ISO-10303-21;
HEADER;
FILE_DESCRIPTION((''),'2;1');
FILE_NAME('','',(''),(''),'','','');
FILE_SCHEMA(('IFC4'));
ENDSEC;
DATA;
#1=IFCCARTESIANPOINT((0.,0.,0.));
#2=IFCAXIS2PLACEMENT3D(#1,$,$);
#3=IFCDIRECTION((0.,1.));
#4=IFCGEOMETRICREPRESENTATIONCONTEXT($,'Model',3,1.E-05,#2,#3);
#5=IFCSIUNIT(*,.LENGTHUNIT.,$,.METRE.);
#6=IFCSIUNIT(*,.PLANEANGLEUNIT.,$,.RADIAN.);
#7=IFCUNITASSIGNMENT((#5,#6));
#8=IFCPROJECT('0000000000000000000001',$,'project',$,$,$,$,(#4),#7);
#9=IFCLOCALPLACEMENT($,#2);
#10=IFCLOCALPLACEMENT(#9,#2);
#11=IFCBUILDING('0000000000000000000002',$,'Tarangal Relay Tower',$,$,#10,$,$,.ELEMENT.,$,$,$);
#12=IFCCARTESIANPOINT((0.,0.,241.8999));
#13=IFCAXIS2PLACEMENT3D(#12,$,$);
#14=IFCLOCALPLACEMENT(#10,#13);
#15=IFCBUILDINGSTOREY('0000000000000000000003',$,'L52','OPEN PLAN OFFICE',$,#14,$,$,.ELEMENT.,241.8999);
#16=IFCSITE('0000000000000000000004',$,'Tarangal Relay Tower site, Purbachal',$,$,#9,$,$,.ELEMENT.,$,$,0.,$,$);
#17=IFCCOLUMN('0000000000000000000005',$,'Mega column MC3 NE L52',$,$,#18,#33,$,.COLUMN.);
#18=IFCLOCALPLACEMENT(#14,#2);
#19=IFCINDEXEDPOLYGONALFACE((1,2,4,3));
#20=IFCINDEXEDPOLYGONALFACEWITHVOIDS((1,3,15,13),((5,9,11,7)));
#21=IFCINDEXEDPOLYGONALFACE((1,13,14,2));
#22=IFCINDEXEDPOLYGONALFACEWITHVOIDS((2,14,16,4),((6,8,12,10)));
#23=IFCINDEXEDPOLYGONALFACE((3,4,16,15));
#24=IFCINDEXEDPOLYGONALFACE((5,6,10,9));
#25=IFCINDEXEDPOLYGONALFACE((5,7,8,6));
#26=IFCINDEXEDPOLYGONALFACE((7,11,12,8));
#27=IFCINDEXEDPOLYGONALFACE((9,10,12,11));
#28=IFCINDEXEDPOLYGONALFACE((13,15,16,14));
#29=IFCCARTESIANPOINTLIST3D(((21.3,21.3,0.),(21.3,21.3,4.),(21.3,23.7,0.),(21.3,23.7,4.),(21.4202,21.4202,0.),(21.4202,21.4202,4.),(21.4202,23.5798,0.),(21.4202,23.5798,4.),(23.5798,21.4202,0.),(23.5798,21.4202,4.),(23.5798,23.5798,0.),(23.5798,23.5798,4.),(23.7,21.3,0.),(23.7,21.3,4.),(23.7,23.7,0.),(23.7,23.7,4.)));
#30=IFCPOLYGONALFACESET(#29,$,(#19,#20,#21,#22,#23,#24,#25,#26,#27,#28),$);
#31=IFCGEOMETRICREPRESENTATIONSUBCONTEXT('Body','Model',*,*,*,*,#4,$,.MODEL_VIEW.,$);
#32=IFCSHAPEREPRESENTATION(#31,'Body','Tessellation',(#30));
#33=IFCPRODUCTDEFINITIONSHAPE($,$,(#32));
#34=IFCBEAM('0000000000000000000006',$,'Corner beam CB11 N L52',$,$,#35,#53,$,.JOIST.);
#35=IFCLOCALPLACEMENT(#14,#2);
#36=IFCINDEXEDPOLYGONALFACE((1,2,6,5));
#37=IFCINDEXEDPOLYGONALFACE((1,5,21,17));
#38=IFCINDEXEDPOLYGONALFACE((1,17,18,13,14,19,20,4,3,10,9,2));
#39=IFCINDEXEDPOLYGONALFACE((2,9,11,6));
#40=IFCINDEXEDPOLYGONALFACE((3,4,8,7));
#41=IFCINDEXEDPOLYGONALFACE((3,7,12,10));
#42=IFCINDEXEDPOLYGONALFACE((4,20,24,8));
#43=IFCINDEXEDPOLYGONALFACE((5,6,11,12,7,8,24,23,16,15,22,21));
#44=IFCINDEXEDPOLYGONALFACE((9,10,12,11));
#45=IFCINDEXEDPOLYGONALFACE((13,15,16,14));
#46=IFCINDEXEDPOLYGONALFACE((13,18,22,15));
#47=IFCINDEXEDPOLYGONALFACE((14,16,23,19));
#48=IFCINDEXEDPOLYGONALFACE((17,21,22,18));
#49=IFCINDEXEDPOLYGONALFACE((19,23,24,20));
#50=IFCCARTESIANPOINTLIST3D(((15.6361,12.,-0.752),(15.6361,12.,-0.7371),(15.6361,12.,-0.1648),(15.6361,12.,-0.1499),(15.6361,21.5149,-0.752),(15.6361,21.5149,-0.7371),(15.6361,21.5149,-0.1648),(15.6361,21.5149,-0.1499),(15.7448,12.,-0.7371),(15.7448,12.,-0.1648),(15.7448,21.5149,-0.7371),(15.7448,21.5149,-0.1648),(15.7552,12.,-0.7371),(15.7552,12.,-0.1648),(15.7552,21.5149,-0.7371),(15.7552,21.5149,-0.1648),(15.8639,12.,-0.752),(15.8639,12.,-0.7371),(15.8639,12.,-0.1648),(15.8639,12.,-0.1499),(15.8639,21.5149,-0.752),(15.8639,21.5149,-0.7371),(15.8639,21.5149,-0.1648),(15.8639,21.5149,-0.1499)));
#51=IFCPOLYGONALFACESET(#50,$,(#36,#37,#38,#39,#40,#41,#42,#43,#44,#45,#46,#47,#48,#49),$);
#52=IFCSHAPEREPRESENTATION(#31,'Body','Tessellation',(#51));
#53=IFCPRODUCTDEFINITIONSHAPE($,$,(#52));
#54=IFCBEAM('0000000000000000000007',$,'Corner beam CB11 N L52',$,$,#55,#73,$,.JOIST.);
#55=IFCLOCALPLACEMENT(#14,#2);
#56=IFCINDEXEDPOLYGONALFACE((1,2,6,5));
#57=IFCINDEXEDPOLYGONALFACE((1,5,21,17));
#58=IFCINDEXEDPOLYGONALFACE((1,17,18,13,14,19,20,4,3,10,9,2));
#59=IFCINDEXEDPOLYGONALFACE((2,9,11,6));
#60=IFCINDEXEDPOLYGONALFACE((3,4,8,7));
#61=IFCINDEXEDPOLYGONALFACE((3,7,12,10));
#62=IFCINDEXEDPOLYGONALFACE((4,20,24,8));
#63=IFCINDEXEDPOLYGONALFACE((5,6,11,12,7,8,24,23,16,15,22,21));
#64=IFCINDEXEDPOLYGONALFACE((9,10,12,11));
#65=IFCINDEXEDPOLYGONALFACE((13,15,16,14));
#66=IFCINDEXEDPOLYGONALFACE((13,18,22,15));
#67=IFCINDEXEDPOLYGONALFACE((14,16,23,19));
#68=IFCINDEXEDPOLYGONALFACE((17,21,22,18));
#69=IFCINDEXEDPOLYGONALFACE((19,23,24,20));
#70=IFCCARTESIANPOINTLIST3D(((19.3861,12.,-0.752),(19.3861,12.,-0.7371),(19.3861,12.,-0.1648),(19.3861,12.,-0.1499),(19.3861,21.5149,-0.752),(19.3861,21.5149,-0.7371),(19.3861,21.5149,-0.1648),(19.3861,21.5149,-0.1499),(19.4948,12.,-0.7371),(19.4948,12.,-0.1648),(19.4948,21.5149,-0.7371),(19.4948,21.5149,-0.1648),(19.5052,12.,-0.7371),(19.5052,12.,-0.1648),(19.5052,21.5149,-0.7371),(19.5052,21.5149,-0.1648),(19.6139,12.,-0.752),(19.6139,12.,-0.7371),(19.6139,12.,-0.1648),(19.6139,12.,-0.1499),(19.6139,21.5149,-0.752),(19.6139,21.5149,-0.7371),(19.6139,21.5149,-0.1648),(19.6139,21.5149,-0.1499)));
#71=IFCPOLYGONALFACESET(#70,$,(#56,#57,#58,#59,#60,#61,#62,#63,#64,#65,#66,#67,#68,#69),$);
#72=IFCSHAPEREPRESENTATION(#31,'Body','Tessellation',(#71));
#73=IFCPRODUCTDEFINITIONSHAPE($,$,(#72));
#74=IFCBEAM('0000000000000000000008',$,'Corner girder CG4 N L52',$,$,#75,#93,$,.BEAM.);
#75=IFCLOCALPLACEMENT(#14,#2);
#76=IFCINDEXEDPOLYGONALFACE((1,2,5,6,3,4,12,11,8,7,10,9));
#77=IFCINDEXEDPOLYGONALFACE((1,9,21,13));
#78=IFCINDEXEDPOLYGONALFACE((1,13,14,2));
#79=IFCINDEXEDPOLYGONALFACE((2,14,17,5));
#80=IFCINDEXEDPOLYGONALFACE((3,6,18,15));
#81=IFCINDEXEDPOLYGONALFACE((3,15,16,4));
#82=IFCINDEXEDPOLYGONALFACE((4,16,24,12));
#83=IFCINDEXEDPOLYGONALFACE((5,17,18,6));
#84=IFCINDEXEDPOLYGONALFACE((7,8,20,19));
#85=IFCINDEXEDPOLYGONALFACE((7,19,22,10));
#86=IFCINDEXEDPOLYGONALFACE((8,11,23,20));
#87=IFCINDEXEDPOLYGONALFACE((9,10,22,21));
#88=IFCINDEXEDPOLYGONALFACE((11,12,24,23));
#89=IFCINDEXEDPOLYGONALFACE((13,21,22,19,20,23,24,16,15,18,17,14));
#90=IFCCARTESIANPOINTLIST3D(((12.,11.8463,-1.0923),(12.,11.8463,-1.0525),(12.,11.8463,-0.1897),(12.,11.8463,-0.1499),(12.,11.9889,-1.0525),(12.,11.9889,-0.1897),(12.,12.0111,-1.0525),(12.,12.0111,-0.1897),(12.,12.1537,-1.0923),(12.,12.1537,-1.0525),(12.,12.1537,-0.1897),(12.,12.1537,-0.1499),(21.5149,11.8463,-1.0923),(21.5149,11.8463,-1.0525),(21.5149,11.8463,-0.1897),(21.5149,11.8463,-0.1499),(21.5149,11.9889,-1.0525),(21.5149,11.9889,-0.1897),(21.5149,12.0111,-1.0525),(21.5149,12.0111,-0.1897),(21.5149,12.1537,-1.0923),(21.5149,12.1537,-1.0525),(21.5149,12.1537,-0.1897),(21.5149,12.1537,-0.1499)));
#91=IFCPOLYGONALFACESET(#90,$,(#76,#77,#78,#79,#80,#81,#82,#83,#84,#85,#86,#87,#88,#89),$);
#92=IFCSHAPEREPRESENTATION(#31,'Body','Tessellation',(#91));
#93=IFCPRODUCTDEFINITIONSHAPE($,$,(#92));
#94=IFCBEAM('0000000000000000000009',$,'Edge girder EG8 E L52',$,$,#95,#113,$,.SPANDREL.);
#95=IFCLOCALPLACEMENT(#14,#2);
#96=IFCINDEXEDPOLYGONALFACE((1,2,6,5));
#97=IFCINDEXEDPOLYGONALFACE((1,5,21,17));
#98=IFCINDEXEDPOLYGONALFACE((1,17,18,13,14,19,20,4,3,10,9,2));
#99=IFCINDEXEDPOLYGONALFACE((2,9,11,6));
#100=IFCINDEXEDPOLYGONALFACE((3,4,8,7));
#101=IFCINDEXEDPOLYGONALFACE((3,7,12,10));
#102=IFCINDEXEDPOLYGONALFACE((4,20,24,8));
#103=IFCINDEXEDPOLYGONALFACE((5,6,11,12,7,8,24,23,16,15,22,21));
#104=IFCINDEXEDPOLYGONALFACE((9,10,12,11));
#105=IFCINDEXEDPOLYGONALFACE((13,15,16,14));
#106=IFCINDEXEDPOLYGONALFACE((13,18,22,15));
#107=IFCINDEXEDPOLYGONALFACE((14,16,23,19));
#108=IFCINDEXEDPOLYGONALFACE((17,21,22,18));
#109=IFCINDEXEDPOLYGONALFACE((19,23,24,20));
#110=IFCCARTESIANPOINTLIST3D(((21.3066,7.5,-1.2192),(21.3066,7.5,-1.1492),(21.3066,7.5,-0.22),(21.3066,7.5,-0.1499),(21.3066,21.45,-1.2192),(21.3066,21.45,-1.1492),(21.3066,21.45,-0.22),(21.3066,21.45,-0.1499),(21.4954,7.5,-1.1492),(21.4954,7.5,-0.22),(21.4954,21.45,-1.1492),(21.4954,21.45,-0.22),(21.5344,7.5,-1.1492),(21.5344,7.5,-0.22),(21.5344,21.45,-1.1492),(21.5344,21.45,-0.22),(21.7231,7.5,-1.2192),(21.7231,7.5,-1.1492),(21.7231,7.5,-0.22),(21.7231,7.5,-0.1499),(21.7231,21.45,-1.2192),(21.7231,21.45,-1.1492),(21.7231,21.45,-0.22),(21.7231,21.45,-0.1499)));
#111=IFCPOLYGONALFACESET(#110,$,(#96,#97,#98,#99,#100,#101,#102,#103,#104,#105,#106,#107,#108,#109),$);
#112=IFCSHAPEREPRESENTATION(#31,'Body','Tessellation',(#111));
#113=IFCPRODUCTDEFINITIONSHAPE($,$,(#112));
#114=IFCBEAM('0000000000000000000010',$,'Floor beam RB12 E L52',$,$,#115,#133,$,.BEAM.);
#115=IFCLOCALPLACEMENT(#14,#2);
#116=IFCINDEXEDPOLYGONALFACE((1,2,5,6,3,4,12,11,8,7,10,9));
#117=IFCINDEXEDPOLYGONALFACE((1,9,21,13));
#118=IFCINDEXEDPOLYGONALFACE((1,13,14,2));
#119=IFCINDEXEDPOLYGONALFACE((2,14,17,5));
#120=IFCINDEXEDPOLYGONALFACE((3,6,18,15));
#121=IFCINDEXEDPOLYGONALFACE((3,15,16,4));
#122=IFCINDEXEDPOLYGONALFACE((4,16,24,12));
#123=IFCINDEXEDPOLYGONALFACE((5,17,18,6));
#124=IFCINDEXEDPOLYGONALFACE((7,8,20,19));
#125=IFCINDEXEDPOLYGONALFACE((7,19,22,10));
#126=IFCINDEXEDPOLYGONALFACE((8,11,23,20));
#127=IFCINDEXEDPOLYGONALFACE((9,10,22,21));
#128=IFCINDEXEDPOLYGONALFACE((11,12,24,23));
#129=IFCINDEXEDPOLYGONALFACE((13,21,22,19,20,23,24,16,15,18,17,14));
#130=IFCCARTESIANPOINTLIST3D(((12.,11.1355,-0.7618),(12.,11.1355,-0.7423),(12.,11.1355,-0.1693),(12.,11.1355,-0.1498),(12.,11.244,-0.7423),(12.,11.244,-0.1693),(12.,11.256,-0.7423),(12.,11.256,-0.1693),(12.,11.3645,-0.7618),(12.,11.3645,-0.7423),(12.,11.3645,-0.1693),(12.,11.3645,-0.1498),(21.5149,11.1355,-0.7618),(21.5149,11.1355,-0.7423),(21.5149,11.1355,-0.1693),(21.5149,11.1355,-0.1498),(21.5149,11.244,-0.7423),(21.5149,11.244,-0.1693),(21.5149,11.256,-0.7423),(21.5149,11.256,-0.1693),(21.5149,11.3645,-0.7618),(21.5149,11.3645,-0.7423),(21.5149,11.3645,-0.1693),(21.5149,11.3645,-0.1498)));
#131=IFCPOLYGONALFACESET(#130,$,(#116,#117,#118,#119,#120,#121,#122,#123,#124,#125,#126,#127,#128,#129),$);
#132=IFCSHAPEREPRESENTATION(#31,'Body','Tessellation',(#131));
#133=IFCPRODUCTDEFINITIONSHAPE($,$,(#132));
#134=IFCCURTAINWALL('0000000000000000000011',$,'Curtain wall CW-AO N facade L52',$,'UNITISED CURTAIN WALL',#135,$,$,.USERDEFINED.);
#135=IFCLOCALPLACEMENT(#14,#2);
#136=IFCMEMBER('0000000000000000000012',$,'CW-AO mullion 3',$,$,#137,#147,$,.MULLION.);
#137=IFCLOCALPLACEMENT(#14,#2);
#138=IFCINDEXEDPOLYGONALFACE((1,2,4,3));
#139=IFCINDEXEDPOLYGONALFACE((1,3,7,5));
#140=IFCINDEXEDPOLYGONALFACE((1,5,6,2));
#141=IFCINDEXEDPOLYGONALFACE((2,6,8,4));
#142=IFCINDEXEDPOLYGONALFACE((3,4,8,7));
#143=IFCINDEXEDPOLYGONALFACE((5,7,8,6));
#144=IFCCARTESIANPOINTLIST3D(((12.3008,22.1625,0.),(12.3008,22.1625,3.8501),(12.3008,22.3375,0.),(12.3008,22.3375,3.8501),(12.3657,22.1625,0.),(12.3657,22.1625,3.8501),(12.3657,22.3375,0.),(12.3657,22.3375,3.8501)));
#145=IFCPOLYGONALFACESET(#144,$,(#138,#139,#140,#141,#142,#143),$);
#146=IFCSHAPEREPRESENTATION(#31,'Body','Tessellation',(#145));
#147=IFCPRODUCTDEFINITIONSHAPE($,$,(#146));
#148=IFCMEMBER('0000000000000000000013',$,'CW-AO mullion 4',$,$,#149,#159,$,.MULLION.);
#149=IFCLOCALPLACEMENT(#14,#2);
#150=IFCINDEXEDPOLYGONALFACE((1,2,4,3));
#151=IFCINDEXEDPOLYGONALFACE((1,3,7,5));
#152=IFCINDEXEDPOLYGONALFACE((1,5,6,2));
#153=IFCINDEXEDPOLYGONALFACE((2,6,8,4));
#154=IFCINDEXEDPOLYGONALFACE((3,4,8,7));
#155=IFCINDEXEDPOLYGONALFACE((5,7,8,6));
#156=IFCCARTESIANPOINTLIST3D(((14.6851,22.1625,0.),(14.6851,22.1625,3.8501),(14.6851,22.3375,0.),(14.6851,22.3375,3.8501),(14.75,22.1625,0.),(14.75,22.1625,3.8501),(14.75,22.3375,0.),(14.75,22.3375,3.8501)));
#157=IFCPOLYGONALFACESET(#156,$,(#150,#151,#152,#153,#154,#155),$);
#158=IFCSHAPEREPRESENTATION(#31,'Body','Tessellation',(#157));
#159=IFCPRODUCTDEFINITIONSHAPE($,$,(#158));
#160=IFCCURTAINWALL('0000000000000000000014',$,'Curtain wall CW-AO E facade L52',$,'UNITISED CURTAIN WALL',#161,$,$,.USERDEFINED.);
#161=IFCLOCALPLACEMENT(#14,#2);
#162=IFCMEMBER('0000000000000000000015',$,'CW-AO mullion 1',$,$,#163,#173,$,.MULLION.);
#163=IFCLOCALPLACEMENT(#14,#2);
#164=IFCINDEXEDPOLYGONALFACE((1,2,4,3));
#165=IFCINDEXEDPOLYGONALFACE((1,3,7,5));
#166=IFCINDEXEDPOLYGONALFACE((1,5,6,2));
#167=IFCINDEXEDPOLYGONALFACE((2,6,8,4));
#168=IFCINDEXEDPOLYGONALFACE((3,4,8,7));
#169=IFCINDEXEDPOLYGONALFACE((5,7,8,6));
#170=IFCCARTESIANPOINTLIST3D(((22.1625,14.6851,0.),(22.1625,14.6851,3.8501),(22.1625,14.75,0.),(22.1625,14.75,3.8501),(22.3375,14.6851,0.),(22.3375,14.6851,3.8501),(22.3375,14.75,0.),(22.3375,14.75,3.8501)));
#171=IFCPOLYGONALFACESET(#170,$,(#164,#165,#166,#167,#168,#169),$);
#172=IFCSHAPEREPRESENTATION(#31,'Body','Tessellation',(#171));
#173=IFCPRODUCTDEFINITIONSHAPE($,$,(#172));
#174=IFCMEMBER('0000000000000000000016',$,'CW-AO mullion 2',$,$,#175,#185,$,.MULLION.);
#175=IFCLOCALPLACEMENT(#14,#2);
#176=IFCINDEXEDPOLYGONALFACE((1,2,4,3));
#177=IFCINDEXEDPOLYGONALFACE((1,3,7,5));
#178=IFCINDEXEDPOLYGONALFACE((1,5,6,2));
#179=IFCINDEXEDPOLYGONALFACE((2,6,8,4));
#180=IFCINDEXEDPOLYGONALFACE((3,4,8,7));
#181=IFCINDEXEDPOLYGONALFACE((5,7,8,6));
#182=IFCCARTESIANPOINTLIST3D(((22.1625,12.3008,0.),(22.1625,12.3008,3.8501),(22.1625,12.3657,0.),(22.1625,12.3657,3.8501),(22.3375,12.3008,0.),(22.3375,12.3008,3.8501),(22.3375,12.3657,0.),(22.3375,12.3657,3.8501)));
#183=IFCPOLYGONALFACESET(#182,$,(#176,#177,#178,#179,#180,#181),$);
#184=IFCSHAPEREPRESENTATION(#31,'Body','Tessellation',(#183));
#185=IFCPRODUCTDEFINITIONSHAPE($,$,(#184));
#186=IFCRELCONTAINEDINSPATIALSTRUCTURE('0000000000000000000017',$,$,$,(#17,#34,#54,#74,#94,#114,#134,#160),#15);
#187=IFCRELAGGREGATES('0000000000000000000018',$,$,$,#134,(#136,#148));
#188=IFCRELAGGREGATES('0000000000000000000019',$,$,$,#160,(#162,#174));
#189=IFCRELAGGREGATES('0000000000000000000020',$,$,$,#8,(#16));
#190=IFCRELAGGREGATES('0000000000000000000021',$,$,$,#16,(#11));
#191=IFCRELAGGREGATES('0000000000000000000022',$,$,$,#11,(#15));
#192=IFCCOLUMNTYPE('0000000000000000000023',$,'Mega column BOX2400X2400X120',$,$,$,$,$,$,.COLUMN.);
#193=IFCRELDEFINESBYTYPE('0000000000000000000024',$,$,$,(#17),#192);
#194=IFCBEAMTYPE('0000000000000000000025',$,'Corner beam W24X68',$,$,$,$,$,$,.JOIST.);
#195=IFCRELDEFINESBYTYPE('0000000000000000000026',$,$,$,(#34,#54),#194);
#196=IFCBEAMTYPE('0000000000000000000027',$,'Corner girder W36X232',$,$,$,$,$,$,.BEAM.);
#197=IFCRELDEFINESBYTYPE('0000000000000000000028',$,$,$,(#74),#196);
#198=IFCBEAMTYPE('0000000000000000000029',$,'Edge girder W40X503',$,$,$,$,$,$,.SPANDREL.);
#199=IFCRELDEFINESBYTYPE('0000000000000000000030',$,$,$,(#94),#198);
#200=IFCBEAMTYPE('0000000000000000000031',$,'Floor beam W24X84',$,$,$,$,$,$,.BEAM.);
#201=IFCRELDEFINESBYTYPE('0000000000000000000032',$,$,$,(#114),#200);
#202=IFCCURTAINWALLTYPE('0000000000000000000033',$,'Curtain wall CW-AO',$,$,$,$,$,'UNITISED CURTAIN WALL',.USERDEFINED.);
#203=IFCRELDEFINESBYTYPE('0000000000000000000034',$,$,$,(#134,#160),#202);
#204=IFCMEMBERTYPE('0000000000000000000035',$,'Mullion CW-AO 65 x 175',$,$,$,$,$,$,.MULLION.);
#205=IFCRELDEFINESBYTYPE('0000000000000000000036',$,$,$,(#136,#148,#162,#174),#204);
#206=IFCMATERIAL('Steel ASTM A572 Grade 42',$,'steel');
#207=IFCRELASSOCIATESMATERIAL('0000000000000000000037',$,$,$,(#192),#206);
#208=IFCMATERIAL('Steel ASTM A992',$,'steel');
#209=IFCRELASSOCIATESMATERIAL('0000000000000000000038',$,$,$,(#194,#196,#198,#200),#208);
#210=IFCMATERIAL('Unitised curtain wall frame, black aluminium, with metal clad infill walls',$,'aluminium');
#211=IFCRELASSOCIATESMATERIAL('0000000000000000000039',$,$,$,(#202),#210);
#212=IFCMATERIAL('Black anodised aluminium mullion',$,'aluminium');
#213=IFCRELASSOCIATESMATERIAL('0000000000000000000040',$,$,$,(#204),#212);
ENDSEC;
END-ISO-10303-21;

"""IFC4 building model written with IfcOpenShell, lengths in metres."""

from ifc_helpers import new_model, si_unit, direction, frame, origin, origin_2d, place, context, subcontext, project, spatial, rectangle, hollow_rectangle, i_section, extrude, material, material_profile, profile_set, type_object, element, aggregate, save


model = new_model("IFC4")

# Units and contexts
model_context = context("Model", 3, precision=1e-05, world=origin(), true_north=direction((0.0, 1.0)))
body_context = subcontext(model_context, "Body", "Model", "MODEL_VIEW")
ifc_project = project(units=[si_unit("LENGTHUNIT", "METRE"), si_unit("PLANEANGLEUNIT", "RADIAN")], contexts=[model_context])

# Site, building, storey
site_placement = place(None, origin())
site = spatial("IfcSite", under=ifc_project, at=site_placement, Name="Tarangal Relay Tower site, Purbachal", CompositionType="ELEMENT", RefElevation=0.0)
building_placement = place(site_placement, origin())
building = spatial("IfcBuilding", under=site, at=building_placement, Name="Tarangal Relay Tower", CompositionType="ELEMENT")
storey_placement = place(building_placement, frame((0.0, 0.0, 241.8999)))
storey = spatial("IfcBuildingStorey", under=building, at=storey_placement, Name="L52", Description="OPEN PLAN OFFICE", CompositionType="ELEMENT", Elevation=241.8999)

# Column
ifc_material_1 = material(Name="Steel ASTM A572 Grade 42", Category="steel")
ifc_material_profile_1 = material_profile(ifc_material_1, hollow_rectangle(XDim=2.3999, YDim=2.3999, WallThickness=0.1201, at=origin_2d()), Name="BOX2400X2400X120")
ifc_profile_set_1 = profile_set([ifc_material_profile_1], Name="Steel ASTM A572 Grade 42")
column_type = type_object("IfcColumnType", Name="Mega column BOX2400X2400X120", PredefinedType="COLUMN", material=ifc_profile_set_1)
column_placement = place(storey_placement, frame((22.5, 22.5, 0.0), z_axis=(0.0, 0.0, 1.0), x_axis=(1.0, 0.0, 0.0)))
element("IfcColumn", 1, at=column_placement, inside=storey, type_object=column_type, Name="Mega column MC3 NE L52", PredefinedType="COLUMN", context=body_context, shape_type="SweptSolid", body=[
    extrude(hollow_rectangle(XDim=2.3999, YDim=2.3999, WallThickness=0.1201, at=origin_2d()), origin(), (0.0, 0.0, 1.0), 4.0),
])

# Beams
ifc_material_2 = material(Name="Steel ASTM A992", Category="steel")
ifc_material_profile_2 = material_profile(ifc_material_2, i_section(OverallWidth=0.2278, OverallDepth=0.6021, WebThickness=0.0105, FlangeThickness=0.0149, at=origin_2d()), Name="W24X68")
ifc_profile_set_2 = profile_set([ifc_material_profile_2], Name="Steel ASTM A992")
beam_type_1 = type_object("IfcBeamType", Name="Corner beam W24X68", PredefinedType="JOIST", material=ifc_profile_set_2)
for number, where, z_axis, x_axis, name in (
    (2, (15.75, 12.0, -0.4509), (0.0, 1.0, 0.0), (-1.0, 0.0, 0.0), "Corner beam CB11 N L52"),
    (3, (19.5, 12.0, -0.4509), (0.0, 1.0, 0.0), (-1.0, 0.0, 0.0), "Corner beam CB11 N L52"),
):
    element("IfcBeam", number, at=place(storey_placement, frame(where, z_axis=z_axis, x_axis=x_axis)), inside=storey, type_object=beam_type_1, Name=name, PredefinedType="JOIST", context=body_context, shape_type="SweptSolid", body=[
        extrude(i_section(OverallWidth=0.2278, OverallDepth=0.6021, WebThickness=0.0105, FlangeThickness=0.0149, at=origin_2d()), origin(), (0.0, 0.0, 1.0), 9.5149),
    ])
ifc_material_profile_3 = material_profile(ifc_material_2, i_section(OverallWidth=0.3074, OverallDepth=0.9424, WebThickness=0.0222, FlangeThickness=0.0398, at=origin_2d()), Name="W36X232")
ifc_profile_set_3 = profile_set([ifc_material_profile_3], Name="Steel ASTM A992")
beam_type_2 = type_object("IfcBeamType", Name="Corner girder W36X232", PredefinedType="BEAM", material=ifc_profile_set_3)
beam_1_placement = place(storey_placement, frame((12.0, 12.0, -0.6211), z_axis=(1.0, 0.0, 0.0), x_axis=(0.0, 1.0, 0.0)))
element("IfcBeam", 4, at=beam_1_placement, inside=storey, type_object=beam_type_2, Name="Corner girder CG4 N L52", PredefinedType="BEAM", context=body_context, shape_type="SweptSolid", body=[
    extrude(i_section(OverallWidth=0.3074, OverallDepth=0.9424, WebThickness=0.0222, FlangeThickness=0.0398, at=origin_2d()), origin(), (0.0, 0.0, 1.0), 9.5149),
])
ifc_material_profile_4 = material_profile(ifc_material_2, i_section(OverallWidth=0.4165, OverallDepth=1.0693, WebThickness=0.0391, FlangeThickness=0.0701, at=origin_2d()), Name="W40X503")
ifc_profile_set_4 = profile_set([ifc_material_profile_4], Name="Steel ASTM A992")
beam_type_3 = type_object("IfcBeamType", Name="Edge girder W40X503", PredefinedType="SPANDREL", material=ifc_profile_set_4)
beam_2_placement = place(storey_placement, frame((21.5149, 21.45, -0.6846), z_axis=(0.0, -1.0, 0.0), x_axis=(1.0, 0.0, 0.0)))
element("IfcBeam", 5, at=beam_2_placement, inside=storey, type_object=beam_type_3, Name="Edge girder EG8 E L52", PredefinedType="SPANDREL", context=body_context, shape_type="SweptSolid", body=[
    extrude(i_section(OverallWidth=0.4165, OverallDepth=1.0693, WebThickness=0.0391, FlangeThickness=0.0701, at=origin_2d()), origin(), (0.0, 0.0, 1.0), 13.95),
])
ifc_material_profile_5 = material_profile(ifc_material_2, i_section(OverallWidth=0.229, OverallDepth=0.6121, WebThickness=0.012, FlangeThickness=0.0195, at=origin_2d()), Name="W24X84")
ifc_profile_set_5 = profile_set([ifc_material_profile_5], Name="Steel ASTM A992")
beam_type_4 = type_object("IfcBeamType", Name="Floor beam W24X84", PredefinedType="BEAM", material=ifc_profile_set_5)
beam_3_placement = place(storey_placement, frame((12.0, 11.25, -0.4558), z_axis=(1.0, 0.0, 0.0), x_axis=(0.0, 1.0, 0.0)))
element("IfcBeam", 6, at=beam_3_placement, inside=storey, type_object=beam_type_4, Name="Floor beam RB12 E L52", PredefinedType="BEAM", context=body_context, shape_type="SweptSolid", body=[
    extrude(i_section(OverallWidth=0.229, OverallDepth=0.6121, WebThickness=0.012, FlangeThickness=0.0195, at=origin_2d()), origin(), (0.0, 0.0, 1.0), 9.5149),
])

# Curtain walls, members
ifc_material_3 = material(Name="Unitised curtain wall frame, black aluminium, with metal clad infill walls", Category="aluminium")
curtain_wall_type = type_object("IfcCurtainWallType", Name="Curtain wall CW-AO", ElementType="UNITISED CURTAIN WALL", PredefinedType="USERDEFINED", material=ifc_material_3)
curtain_wall_1_placement = place(storey_placement, origin())
curtain_wall_1 = element("IfcCurtainWall", 7, at=curtain_wall_1_placement, inside=storey, type_object=curtain_wall_type, Name="Curtain wall CW-AO N facade L52", ObjectType="UNITISED CURTAIN WALL", PredefinedType="USERDEFINED")
ifc_material_4 = material(Name="Black anodised aluminium mullion", Category="aluminium")
ifc_material_profile_6 = material_profile(ifc_material_4, rectangle(XDim=0.175, YDim=0.0649, at=origin_2d()), Name="CW-AOM 65X175")
ifc_profile_set_6 = profile_set([ifc_material_profile_6], Name="Black anodised aluminium mullion")
member_type_1 = type_object("IfcMemberType", Name="Mullion CW-AO 65 x 175", PredefinedType="MULLION", material=ifc_profile_set_6)
member_1_placement = place(storey_placement, frame((12.3333, 22.25, 0.0), z_axis=(0.0, 0.0, 1.0), x_axis=(0.0, 1.0, 0.0)))
member_1 = element("IfcMember", 8, at=member_1_placement, type_object=member_type_1, Name="CW-AO mullion 3", PredefinedType="MULLION", context=body_context, shape_type="SweptSolid", body=[
    extrude(rectangle(XDim=0.175, YDim=0.0649, at=origin_2d()), origin(), (0.0, 0.0, 1.0), 3.8501),
])
member_2_placement = place(storey_placement, frame((14.7175, 22.25, 0.0), z_axis=(0.0, 0.0, 1.0), x_axis=(0.0, 1.0, 0.0)))
member_2 = element("IfcMember", 9, at=member_2_placement, type_object=member_type_1, Name="CW-AO mullion 4", PredefinedType="MULLION", context=body_context, shape_type="SweptSolid", body=[
    extrude(rectangle(XDim=0.175, YDim=0.0649, at=origin_2d()), origin(), (0.0, 0.0, 1.0), 3.8501),
])
curtain_wall_2_placement = place(storey_placement, origin())
curtain_wall_2 = element("IfcCurtainWall", 10, at=curtain_wall_2_placement, inside=storey, type_object=curtain_wall_type, Name="Curtain wall CW-AO E facade L52", ObjectType="UNITISED CURTAIN WALL", PredefinedType="USERDEFINED")
member_3_placement = place(storey_placement, frame((22.25, 14.7175, 0.0), z_axis=(0.0, 0.0, 1.0), x_axis=(1.0, 0.0, 0.0)))
member_3 = element("IfcMember", 11, at=member_3_placement, type_object=member_type_1, Name="CW-AO mullion 1", PredefinedType="MULLION", context=body_context, shape_type="SweptSolid", body=[
    extrude(rectangle(XDim=0.175, YDim=0.0649, at=origin_2d()), origin(), (0.0, 0.0, 1.0), 3.8501),
])
member_4_placement = place(storey_placement, frame((22.25, 12.3333, 0.0), z_axis=(0.0, 0.0, 1.0), x_axis=(1.0, 0.0, 0.0)))
member_4 = element("IfcMember", 12, at=member_4_placement, type_object=member_type_1, Name="CW-AO mullion 2", PredefinedType="MULLION", context=body_context, shape_type="SweptSolid", body=[
    extrude(rectangle(XDim=0.175, YDim=0.0649, at=origin_2d()), origin(), (0.0, 0.0, 1.0), 3.8501),
])

aggregate(curtain_wall_1, [member_1, member_2])
aggregate(curtain_wall_2, [member_3, member_4])

save(model, "model.ifc")
